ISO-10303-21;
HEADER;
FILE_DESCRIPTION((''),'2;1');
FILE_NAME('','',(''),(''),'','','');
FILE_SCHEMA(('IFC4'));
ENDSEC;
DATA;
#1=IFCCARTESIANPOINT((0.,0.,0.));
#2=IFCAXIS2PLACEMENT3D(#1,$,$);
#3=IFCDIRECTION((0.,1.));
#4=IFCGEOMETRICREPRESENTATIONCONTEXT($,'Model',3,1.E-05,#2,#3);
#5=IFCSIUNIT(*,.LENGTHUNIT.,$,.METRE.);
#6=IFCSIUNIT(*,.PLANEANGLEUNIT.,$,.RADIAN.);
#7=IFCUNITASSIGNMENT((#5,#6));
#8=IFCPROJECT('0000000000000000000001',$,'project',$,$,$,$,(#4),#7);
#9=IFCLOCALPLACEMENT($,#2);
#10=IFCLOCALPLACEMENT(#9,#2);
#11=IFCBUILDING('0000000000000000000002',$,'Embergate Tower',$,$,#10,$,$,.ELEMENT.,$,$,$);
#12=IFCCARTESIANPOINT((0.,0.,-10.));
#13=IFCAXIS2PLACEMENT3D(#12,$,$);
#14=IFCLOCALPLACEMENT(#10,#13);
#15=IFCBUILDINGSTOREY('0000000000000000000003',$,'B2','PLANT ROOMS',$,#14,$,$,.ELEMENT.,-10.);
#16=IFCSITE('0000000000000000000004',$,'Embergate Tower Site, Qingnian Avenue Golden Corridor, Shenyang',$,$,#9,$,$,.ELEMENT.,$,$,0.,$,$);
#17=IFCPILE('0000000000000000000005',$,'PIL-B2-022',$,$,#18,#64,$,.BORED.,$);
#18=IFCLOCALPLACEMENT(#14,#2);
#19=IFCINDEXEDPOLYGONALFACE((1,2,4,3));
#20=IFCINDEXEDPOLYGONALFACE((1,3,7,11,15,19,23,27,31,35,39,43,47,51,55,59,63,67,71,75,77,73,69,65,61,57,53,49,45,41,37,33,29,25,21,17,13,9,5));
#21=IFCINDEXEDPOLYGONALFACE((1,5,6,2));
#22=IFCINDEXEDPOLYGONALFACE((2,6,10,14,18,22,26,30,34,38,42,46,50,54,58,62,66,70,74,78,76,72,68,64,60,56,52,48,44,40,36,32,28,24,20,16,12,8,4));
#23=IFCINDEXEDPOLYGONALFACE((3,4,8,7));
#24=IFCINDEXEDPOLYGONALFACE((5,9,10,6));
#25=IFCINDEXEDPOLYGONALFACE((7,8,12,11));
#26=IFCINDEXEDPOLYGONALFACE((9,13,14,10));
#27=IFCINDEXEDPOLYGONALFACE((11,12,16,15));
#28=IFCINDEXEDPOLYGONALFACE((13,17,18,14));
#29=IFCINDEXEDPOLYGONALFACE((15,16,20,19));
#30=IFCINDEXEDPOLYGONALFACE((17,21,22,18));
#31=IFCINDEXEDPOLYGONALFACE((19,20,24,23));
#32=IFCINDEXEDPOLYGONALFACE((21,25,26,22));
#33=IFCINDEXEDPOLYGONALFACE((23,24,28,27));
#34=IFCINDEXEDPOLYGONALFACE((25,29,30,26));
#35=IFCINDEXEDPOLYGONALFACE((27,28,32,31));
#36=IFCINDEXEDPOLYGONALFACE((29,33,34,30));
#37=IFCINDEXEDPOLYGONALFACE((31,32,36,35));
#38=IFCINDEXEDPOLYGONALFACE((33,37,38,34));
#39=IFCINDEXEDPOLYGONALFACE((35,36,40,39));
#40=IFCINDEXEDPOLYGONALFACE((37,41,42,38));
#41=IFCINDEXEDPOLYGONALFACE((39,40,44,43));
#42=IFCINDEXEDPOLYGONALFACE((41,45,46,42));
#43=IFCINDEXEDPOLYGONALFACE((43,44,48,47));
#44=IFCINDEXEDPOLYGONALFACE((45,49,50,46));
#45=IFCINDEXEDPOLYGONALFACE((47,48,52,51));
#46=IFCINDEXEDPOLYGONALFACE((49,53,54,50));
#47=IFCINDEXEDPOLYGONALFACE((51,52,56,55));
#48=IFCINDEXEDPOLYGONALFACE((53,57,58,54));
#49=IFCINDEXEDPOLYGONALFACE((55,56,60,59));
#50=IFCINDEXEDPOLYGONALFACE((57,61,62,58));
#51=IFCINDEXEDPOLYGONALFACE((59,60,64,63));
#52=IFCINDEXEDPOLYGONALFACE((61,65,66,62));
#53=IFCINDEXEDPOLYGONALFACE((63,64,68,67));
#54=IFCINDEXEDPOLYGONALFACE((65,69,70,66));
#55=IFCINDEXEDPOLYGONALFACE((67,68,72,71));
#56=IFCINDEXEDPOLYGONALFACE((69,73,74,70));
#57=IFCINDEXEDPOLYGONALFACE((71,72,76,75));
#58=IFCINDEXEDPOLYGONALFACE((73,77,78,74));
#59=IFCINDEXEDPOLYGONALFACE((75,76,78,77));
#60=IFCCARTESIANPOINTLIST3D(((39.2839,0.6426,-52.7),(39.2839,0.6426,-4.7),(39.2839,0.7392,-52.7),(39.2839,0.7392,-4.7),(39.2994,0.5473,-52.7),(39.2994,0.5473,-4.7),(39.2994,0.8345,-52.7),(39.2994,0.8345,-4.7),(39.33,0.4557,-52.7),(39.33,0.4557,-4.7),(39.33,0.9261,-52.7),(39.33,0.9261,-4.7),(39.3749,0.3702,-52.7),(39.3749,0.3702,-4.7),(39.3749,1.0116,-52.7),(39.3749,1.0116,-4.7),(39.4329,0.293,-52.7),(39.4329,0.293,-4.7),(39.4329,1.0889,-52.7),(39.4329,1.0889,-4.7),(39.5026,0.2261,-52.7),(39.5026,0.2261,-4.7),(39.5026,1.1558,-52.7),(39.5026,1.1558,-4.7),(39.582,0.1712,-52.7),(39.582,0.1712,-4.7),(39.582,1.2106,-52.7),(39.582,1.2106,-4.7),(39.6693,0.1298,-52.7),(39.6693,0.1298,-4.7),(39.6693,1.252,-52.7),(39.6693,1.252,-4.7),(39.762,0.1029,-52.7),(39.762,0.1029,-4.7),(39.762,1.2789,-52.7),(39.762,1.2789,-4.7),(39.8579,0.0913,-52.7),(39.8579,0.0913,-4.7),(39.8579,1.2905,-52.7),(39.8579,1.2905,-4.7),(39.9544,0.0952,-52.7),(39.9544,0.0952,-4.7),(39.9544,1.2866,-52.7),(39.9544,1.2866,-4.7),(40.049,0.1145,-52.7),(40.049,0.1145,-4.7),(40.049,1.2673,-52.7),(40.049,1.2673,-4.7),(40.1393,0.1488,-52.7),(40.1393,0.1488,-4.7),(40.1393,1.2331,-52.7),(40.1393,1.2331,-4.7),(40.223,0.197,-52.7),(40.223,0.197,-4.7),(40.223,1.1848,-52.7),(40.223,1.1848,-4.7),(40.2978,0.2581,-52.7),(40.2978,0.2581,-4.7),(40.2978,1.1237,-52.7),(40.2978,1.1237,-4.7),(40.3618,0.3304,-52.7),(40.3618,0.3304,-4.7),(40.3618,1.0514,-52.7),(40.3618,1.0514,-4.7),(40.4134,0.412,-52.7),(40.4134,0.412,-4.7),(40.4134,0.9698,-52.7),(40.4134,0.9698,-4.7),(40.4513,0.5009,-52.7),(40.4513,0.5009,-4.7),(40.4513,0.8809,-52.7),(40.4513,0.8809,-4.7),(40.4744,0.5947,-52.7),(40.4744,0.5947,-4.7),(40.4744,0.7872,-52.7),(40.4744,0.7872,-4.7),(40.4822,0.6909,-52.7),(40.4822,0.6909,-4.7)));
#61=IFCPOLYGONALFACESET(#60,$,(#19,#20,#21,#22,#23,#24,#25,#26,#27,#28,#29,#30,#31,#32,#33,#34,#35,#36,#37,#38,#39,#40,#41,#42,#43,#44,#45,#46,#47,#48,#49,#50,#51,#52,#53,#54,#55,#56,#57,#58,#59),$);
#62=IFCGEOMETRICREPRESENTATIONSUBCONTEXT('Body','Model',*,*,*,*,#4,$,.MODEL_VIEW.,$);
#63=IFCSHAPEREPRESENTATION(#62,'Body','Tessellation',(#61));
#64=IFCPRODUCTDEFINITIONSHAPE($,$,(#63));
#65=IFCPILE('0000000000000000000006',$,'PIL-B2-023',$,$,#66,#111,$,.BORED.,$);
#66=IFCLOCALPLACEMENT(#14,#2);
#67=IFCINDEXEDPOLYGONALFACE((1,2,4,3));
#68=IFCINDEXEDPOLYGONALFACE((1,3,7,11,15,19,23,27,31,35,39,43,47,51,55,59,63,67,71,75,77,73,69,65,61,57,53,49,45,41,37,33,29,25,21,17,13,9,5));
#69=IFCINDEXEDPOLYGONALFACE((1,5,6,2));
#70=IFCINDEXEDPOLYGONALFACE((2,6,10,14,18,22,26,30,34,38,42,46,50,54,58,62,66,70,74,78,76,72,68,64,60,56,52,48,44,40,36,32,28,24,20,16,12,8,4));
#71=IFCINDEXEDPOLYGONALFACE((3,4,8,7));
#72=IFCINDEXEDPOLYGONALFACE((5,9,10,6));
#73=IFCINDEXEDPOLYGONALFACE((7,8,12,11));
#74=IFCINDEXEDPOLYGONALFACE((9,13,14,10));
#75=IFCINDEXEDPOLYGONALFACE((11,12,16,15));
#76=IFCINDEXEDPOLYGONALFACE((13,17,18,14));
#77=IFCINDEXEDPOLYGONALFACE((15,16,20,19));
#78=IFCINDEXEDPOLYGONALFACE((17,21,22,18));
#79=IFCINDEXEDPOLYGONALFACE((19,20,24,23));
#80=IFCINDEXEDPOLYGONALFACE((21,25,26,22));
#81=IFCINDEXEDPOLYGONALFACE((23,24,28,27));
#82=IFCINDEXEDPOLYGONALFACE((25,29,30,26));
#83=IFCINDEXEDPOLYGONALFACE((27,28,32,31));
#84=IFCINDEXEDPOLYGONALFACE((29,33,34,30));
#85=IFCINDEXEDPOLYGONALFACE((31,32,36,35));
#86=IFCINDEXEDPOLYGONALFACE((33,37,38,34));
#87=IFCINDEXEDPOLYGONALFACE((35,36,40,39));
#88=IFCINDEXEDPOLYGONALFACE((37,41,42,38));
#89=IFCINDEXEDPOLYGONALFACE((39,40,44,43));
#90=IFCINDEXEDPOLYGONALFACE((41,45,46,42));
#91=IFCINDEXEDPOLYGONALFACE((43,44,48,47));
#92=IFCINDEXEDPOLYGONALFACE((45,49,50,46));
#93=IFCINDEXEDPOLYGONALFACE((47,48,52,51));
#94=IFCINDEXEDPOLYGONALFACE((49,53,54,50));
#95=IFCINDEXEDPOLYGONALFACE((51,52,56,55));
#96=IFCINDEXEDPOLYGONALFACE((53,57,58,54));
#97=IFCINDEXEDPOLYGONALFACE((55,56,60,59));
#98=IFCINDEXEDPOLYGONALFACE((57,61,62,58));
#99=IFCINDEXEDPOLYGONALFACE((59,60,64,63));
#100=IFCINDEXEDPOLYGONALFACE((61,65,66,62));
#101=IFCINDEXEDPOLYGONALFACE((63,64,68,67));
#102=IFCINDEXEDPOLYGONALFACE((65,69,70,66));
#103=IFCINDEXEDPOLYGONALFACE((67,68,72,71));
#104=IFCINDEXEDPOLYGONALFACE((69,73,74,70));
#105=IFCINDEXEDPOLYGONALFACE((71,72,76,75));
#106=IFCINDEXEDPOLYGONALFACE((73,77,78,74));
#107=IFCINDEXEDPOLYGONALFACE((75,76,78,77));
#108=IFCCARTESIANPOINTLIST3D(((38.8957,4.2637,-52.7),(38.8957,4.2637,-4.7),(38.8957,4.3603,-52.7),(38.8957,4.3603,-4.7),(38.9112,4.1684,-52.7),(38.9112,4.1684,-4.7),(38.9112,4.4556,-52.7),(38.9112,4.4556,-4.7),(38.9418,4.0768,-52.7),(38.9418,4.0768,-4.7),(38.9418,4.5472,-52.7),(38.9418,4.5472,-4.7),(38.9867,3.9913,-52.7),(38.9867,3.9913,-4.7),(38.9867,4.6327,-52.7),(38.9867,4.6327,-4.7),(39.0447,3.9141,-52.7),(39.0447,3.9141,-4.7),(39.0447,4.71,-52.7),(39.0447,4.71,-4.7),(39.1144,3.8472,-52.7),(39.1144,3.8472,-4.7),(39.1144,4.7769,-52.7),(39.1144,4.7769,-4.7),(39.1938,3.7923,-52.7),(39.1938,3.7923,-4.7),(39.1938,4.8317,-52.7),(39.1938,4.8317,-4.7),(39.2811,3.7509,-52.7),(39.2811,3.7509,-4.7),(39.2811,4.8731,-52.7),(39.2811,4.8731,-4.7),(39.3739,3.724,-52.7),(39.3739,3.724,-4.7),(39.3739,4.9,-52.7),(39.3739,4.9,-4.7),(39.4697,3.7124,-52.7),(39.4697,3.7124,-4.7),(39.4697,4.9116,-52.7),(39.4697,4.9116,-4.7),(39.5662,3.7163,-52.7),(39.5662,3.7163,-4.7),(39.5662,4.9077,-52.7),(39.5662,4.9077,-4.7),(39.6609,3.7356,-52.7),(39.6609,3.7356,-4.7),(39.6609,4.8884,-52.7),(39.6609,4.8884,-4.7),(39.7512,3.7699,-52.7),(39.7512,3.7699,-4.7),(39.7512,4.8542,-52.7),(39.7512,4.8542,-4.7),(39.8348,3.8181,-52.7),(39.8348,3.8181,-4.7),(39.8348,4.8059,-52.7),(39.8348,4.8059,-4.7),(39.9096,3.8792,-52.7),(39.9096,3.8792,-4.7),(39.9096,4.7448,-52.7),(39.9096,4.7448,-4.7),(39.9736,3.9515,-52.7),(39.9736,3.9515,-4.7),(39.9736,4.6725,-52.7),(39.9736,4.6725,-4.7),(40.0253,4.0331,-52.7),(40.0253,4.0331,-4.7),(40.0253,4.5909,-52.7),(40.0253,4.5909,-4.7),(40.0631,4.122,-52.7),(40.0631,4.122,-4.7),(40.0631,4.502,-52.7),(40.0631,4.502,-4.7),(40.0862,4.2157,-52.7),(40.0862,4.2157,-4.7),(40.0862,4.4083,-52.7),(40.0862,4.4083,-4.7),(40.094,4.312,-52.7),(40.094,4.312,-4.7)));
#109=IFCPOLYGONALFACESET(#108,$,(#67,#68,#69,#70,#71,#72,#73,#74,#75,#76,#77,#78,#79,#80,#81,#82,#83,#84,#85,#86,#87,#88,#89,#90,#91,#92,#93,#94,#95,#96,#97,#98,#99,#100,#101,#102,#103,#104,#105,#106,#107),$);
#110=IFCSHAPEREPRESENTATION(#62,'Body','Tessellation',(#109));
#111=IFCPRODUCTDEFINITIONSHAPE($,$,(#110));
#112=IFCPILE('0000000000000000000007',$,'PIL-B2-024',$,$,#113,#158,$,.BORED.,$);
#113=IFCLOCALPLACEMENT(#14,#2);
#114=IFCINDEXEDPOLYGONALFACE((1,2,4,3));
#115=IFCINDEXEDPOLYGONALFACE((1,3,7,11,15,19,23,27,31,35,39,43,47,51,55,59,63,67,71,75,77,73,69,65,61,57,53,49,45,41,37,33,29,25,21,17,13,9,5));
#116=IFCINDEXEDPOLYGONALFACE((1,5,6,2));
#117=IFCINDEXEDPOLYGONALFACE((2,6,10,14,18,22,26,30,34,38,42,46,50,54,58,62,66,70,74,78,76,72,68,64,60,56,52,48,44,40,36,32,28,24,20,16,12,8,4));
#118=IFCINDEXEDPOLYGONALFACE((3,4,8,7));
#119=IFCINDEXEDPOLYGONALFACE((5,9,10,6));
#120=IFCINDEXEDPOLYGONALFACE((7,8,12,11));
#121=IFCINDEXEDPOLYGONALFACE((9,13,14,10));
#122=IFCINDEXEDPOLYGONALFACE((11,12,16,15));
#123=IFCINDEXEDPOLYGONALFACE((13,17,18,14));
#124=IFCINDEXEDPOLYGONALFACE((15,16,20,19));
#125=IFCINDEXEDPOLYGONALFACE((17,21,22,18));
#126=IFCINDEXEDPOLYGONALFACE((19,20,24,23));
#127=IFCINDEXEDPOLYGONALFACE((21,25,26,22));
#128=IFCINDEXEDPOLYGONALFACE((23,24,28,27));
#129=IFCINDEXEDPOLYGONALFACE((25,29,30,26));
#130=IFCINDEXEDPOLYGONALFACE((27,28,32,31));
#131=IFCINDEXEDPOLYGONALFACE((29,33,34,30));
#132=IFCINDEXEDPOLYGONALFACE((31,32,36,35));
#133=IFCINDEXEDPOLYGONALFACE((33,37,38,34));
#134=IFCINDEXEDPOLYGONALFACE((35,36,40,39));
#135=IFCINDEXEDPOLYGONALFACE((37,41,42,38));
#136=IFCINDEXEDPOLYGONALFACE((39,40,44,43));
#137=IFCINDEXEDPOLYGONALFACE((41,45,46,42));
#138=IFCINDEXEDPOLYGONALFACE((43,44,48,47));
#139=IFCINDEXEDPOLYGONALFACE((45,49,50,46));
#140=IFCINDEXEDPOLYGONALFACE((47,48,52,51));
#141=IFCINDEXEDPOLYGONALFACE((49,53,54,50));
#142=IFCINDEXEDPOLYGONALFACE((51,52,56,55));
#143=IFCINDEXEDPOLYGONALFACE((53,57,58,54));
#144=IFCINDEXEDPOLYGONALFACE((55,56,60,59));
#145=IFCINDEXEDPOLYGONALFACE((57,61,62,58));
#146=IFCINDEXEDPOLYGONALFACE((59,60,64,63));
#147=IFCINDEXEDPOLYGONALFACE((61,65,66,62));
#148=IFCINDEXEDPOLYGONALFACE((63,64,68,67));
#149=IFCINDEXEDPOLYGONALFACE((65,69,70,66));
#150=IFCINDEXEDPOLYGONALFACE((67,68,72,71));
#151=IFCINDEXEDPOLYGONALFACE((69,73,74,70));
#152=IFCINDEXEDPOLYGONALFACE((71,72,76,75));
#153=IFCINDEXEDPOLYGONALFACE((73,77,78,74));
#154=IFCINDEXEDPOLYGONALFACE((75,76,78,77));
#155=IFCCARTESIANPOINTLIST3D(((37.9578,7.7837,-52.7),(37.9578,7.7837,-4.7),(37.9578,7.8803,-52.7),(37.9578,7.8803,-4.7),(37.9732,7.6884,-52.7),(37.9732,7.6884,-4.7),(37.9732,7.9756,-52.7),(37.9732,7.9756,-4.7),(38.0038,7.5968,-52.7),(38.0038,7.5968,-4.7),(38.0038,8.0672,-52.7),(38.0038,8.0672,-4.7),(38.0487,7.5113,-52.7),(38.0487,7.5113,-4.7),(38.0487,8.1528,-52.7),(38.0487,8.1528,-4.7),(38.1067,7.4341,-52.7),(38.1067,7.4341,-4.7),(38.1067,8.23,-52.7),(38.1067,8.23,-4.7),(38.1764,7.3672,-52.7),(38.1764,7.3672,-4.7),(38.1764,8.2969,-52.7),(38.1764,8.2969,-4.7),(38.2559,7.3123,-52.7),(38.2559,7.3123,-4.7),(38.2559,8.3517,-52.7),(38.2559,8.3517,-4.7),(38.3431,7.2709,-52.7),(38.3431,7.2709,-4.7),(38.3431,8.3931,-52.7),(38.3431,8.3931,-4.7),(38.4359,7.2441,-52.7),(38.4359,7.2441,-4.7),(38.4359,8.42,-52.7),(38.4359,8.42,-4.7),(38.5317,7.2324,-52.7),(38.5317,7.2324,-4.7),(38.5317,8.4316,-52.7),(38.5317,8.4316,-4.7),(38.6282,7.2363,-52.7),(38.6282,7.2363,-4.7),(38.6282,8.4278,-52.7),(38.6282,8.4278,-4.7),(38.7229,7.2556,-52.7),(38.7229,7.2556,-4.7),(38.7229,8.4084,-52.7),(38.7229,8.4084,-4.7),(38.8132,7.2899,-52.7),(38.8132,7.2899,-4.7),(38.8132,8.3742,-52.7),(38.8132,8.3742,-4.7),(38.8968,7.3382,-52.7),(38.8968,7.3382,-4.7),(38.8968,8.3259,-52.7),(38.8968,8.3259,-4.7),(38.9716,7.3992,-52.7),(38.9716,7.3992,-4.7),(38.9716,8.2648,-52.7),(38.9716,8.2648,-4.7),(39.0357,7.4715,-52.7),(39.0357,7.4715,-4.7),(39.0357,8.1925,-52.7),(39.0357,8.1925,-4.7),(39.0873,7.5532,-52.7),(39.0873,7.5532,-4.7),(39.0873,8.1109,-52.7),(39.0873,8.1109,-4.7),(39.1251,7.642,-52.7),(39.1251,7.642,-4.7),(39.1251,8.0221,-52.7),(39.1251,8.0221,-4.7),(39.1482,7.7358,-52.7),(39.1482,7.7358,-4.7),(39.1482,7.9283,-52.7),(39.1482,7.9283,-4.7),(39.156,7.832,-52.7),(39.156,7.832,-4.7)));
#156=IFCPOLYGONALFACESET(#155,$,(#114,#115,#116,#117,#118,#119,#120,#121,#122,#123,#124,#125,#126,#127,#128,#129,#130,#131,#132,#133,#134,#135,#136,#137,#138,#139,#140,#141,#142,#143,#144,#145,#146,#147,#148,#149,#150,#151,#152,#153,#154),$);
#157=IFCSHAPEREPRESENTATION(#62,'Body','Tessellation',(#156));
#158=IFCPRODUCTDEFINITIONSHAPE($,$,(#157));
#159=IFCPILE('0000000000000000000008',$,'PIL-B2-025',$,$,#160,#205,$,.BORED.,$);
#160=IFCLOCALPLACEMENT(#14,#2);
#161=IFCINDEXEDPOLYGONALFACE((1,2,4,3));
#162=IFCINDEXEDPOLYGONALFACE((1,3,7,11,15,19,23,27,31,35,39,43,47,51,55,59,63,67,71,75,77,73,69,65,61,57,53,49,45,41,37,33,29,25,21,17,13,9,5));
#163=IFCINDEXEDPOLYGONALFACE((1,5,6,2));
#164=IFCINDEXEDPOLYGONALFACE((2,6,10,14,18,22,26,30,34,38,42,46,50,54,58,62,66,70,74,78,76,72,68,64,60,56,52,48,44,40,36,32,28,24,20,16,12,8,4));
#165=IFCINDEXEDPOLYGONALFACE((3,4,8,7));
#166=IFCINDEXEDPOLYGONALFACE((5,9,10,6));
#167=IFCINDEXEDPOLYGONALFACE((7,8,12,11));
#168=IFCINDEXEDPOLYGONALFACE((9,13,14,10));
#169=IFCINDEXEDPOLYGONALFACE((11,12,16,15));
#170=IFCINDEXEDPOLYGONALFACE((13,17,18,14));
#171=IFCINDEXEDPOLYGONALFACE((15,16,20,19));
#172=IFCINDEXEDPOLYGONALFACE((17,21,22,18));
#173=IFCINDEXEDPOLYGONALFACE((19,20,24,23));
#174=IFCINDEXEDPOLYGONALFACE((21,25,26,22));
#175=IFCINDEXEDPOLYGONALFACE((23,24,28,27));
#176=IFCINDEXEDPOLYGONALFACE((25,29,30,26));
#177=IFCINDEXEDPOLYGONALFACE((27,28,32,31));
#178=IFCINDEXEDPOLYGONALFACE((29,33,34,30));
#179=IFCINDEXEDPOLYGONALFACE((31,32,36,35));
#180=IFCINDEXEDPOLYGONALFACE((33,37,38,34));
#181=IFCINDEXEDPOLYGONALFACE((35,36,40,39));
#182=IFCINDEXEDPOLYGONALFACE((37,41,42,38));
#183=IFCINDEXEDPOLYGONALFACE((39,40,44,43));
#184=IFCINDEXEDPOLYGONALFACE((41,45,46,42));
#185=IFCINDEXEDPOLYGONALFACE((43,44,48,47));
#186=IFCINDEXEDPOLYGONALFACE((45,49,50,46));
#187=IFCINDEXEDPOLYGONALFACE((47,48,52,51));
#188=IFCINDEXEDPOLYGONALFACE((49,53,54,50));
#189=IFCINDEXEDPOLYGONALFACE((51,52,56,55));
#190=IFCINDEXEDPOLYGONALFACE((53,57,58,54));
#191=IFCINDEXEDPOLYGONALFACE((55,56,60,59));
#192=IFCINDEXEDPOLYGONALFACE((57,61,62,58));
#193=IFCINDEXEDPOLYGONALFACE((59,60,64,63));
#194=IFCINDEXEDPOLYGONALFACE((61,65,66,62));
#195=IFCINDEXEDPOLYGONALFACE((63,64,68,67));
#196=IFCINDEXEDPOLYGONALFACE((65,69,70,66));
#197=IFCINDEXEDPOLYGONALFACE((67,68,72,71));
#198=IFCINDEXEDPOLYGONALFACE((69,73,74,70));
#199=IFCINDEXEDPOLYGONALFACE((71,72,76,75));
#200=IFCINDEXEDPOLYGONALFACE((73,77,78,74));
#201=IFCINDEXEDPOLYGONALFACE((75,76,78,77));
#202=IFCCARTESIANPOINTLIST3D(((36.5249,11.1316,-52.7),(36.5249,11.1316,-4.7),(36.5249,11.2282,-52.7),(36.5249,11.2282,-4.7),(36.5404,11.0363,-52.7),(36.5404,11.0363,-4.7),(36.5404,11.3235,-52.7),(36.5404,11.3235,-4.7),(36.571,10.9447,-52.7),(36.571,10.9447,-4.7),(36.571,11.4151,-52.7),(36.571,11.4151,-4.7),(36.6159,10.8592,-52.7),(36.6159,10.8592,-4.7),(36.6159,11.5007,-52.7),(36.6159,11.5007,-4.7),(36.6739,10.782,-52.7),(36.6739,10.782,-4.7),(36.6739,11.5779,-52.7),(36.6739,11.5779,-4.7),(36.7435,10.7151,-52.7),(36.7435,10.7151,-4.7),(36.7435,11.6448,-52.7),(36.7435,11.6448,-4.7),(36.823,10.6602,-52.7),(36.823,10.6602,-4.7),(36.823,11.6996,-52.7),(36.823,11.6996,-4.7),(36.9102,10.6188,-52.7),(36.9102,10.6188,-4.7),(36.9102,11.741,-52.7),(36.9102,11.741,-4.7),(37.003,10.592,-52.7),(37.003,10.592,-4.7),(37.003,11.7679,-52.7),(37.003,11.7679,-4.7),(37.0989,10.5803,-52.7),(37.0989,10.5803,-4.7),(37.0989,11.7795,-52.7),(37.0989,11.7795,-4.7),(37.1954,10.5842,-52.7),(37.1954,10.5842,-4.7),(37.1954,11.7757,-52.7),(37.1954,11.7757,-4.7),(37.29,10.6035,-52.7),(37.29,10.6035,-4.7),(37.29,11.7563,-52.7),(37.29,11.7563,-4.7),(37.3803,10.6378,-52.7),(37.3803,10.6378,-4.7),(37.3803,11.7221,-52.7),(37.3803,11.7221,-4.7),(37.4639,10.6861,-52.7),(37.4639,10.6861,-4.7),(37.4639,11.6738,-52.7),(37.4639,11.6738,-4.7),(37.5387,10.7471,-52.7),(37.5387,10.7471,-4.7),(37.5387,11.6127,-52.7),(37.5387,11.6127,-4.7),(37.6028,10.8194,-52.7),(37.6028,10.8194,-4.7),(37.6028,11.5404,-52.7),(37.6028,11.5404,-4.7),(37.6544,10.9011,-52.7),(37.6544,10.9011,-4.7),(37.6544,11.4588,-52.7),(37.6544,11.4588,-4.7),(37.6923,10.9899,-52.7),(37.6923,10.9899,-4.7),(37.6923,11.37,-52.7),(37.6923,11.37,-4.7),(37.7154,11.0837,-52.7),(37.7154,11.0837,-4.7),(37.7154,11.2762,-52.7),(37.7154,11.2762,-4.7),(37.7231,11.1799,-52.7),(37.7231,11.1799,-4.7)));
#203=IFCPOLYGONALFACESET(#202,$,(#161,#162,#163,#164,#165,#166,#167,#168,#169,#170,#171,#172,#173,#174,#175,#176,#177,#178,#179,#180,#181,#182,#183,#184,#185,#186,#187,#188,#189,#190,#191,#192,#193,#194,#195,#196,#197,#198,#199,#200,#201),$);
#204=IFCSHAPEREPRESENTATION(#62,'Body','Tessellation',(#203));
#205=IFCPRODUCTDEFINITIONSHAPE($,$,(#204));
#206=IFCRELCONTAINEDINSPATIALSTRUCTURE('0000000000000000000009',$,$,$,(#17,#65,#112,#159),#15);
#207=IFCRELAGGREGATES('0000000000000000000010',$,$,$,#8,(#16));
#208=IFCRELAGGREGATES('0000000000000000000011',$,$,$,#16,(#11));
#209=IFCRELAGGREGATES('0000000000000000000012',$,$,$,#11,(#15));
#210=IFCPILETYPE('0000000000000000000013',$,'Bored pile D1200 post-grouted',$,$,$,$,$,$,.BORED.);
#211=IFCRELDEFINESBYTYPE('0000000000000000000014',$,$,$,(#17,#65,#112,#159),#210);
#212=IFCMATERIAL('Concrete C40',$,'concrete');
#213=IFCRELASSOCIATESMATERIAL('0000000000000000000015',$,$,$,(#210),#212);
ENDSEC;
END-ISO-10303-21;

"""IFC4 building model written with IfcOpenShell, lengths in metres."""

from ifc_helpers import new_model, si_unit, direction, frame, origin, origin_2d, place, context, subcontext, project, spatial, circle, extrude, source, transform, mapped, material, material_profile, profile_set, type_object, element, save


model = new_model("IFC4")

# Units and contexts
model_context = context("Model", 3, precision=1e-05, world=origin(), true_north=direction((0.0, 1.0)))
body_context = subcontext(model_context, "Body", "Model", "MODEL_VIEW")
ifc_project = project(units=[si_unit("LENGTHUNIT", "METRE"), si_unit("PLANEANGLEUNIT", "RADIAN")], contexts=[model_context])

# Site, building, storey
site_placement = place(None, origin())
site = spatial("IfcSite", under=ifc_project, at=site_placement, Name="Embergate Tower Site, Qingnian Avenue Golden Corridor, Shenyang", CompositionType="ELEMENT", RefElevation=0.0)
building_placement = place(site_placement, origin())
building = spatial("IfcBuilding", under=site, at=building_placement, Name="Embergate Tower", CompositionType="ELEMENT")
storey_placement = place(building_placement, frame((0.0, 0.0, -10.0)))
storey = spatial("IfcBuildingStorey", under=building, at=storey_placement, Name="B2", Description="PLANT ROOMS", CompositionType="ELEMENT", Elevation=-10.0)

# Piles
ifc_material_1 = material(Name="Concrete C40", Category="concrete")
ifc_material_profile_1 = material_profile(ifc_material_1, circle(Radius=0.6001, at=origin_2d()), Name="D1200")
ifc_profile_set_1 = profile_set([ifc_material_profile_1], Name="Concrete C40")
pile_type = type_object("IfcPileType", Name="Bored pile D1200 post-grouted", PredefinedType="BORED", material=ifc_profile_set_1)
shared_shape_1 = source(origin(), body_context, "Body", "SweptSolid", [
    extrude(circle(Radius=0.6001, at=origin_2d()), origin(), (0.0, 0.0, 1.0), 48.0),
])
for number, where, z_axis, x_axis, name in (
    (1, (39.8821, 0.6909, -4.7), (0.0, 0.0, -1.0), (1.0, 0.0, 0.0), "PIL-B2-022"),
    (2, (39.4939, 4.312, -4.7), (0.0, 0.0, -1.0), (1.0, 0.0, 0.0), "PIL-B2-023"),
    (3, (38.5559, 7.832, -4.7), (0.0, 0.0, -1.0), (1.0, 0.0, 0.0), "PIL-B2-024"),
    (4, (37.123, 11.1799, -4.7), (0.0, 0.0, -1.0), (1.0, 0.0, 0.0), "PIL-B2-025"),
):
    element("IfcPile", number, at=place(storey_placement, frame(where, z_axis=z_axis, x_axis=x_axis)), inside=storey, type_object=pile_type, Name=name, PredefinedType="BORED", context=body_context, shape_type="MappedRepresentation", body=[
        mapped(shared_shape_1, transform((0.0, 0.0, 0.0))),
    ])

save(model, "model.ifc")
